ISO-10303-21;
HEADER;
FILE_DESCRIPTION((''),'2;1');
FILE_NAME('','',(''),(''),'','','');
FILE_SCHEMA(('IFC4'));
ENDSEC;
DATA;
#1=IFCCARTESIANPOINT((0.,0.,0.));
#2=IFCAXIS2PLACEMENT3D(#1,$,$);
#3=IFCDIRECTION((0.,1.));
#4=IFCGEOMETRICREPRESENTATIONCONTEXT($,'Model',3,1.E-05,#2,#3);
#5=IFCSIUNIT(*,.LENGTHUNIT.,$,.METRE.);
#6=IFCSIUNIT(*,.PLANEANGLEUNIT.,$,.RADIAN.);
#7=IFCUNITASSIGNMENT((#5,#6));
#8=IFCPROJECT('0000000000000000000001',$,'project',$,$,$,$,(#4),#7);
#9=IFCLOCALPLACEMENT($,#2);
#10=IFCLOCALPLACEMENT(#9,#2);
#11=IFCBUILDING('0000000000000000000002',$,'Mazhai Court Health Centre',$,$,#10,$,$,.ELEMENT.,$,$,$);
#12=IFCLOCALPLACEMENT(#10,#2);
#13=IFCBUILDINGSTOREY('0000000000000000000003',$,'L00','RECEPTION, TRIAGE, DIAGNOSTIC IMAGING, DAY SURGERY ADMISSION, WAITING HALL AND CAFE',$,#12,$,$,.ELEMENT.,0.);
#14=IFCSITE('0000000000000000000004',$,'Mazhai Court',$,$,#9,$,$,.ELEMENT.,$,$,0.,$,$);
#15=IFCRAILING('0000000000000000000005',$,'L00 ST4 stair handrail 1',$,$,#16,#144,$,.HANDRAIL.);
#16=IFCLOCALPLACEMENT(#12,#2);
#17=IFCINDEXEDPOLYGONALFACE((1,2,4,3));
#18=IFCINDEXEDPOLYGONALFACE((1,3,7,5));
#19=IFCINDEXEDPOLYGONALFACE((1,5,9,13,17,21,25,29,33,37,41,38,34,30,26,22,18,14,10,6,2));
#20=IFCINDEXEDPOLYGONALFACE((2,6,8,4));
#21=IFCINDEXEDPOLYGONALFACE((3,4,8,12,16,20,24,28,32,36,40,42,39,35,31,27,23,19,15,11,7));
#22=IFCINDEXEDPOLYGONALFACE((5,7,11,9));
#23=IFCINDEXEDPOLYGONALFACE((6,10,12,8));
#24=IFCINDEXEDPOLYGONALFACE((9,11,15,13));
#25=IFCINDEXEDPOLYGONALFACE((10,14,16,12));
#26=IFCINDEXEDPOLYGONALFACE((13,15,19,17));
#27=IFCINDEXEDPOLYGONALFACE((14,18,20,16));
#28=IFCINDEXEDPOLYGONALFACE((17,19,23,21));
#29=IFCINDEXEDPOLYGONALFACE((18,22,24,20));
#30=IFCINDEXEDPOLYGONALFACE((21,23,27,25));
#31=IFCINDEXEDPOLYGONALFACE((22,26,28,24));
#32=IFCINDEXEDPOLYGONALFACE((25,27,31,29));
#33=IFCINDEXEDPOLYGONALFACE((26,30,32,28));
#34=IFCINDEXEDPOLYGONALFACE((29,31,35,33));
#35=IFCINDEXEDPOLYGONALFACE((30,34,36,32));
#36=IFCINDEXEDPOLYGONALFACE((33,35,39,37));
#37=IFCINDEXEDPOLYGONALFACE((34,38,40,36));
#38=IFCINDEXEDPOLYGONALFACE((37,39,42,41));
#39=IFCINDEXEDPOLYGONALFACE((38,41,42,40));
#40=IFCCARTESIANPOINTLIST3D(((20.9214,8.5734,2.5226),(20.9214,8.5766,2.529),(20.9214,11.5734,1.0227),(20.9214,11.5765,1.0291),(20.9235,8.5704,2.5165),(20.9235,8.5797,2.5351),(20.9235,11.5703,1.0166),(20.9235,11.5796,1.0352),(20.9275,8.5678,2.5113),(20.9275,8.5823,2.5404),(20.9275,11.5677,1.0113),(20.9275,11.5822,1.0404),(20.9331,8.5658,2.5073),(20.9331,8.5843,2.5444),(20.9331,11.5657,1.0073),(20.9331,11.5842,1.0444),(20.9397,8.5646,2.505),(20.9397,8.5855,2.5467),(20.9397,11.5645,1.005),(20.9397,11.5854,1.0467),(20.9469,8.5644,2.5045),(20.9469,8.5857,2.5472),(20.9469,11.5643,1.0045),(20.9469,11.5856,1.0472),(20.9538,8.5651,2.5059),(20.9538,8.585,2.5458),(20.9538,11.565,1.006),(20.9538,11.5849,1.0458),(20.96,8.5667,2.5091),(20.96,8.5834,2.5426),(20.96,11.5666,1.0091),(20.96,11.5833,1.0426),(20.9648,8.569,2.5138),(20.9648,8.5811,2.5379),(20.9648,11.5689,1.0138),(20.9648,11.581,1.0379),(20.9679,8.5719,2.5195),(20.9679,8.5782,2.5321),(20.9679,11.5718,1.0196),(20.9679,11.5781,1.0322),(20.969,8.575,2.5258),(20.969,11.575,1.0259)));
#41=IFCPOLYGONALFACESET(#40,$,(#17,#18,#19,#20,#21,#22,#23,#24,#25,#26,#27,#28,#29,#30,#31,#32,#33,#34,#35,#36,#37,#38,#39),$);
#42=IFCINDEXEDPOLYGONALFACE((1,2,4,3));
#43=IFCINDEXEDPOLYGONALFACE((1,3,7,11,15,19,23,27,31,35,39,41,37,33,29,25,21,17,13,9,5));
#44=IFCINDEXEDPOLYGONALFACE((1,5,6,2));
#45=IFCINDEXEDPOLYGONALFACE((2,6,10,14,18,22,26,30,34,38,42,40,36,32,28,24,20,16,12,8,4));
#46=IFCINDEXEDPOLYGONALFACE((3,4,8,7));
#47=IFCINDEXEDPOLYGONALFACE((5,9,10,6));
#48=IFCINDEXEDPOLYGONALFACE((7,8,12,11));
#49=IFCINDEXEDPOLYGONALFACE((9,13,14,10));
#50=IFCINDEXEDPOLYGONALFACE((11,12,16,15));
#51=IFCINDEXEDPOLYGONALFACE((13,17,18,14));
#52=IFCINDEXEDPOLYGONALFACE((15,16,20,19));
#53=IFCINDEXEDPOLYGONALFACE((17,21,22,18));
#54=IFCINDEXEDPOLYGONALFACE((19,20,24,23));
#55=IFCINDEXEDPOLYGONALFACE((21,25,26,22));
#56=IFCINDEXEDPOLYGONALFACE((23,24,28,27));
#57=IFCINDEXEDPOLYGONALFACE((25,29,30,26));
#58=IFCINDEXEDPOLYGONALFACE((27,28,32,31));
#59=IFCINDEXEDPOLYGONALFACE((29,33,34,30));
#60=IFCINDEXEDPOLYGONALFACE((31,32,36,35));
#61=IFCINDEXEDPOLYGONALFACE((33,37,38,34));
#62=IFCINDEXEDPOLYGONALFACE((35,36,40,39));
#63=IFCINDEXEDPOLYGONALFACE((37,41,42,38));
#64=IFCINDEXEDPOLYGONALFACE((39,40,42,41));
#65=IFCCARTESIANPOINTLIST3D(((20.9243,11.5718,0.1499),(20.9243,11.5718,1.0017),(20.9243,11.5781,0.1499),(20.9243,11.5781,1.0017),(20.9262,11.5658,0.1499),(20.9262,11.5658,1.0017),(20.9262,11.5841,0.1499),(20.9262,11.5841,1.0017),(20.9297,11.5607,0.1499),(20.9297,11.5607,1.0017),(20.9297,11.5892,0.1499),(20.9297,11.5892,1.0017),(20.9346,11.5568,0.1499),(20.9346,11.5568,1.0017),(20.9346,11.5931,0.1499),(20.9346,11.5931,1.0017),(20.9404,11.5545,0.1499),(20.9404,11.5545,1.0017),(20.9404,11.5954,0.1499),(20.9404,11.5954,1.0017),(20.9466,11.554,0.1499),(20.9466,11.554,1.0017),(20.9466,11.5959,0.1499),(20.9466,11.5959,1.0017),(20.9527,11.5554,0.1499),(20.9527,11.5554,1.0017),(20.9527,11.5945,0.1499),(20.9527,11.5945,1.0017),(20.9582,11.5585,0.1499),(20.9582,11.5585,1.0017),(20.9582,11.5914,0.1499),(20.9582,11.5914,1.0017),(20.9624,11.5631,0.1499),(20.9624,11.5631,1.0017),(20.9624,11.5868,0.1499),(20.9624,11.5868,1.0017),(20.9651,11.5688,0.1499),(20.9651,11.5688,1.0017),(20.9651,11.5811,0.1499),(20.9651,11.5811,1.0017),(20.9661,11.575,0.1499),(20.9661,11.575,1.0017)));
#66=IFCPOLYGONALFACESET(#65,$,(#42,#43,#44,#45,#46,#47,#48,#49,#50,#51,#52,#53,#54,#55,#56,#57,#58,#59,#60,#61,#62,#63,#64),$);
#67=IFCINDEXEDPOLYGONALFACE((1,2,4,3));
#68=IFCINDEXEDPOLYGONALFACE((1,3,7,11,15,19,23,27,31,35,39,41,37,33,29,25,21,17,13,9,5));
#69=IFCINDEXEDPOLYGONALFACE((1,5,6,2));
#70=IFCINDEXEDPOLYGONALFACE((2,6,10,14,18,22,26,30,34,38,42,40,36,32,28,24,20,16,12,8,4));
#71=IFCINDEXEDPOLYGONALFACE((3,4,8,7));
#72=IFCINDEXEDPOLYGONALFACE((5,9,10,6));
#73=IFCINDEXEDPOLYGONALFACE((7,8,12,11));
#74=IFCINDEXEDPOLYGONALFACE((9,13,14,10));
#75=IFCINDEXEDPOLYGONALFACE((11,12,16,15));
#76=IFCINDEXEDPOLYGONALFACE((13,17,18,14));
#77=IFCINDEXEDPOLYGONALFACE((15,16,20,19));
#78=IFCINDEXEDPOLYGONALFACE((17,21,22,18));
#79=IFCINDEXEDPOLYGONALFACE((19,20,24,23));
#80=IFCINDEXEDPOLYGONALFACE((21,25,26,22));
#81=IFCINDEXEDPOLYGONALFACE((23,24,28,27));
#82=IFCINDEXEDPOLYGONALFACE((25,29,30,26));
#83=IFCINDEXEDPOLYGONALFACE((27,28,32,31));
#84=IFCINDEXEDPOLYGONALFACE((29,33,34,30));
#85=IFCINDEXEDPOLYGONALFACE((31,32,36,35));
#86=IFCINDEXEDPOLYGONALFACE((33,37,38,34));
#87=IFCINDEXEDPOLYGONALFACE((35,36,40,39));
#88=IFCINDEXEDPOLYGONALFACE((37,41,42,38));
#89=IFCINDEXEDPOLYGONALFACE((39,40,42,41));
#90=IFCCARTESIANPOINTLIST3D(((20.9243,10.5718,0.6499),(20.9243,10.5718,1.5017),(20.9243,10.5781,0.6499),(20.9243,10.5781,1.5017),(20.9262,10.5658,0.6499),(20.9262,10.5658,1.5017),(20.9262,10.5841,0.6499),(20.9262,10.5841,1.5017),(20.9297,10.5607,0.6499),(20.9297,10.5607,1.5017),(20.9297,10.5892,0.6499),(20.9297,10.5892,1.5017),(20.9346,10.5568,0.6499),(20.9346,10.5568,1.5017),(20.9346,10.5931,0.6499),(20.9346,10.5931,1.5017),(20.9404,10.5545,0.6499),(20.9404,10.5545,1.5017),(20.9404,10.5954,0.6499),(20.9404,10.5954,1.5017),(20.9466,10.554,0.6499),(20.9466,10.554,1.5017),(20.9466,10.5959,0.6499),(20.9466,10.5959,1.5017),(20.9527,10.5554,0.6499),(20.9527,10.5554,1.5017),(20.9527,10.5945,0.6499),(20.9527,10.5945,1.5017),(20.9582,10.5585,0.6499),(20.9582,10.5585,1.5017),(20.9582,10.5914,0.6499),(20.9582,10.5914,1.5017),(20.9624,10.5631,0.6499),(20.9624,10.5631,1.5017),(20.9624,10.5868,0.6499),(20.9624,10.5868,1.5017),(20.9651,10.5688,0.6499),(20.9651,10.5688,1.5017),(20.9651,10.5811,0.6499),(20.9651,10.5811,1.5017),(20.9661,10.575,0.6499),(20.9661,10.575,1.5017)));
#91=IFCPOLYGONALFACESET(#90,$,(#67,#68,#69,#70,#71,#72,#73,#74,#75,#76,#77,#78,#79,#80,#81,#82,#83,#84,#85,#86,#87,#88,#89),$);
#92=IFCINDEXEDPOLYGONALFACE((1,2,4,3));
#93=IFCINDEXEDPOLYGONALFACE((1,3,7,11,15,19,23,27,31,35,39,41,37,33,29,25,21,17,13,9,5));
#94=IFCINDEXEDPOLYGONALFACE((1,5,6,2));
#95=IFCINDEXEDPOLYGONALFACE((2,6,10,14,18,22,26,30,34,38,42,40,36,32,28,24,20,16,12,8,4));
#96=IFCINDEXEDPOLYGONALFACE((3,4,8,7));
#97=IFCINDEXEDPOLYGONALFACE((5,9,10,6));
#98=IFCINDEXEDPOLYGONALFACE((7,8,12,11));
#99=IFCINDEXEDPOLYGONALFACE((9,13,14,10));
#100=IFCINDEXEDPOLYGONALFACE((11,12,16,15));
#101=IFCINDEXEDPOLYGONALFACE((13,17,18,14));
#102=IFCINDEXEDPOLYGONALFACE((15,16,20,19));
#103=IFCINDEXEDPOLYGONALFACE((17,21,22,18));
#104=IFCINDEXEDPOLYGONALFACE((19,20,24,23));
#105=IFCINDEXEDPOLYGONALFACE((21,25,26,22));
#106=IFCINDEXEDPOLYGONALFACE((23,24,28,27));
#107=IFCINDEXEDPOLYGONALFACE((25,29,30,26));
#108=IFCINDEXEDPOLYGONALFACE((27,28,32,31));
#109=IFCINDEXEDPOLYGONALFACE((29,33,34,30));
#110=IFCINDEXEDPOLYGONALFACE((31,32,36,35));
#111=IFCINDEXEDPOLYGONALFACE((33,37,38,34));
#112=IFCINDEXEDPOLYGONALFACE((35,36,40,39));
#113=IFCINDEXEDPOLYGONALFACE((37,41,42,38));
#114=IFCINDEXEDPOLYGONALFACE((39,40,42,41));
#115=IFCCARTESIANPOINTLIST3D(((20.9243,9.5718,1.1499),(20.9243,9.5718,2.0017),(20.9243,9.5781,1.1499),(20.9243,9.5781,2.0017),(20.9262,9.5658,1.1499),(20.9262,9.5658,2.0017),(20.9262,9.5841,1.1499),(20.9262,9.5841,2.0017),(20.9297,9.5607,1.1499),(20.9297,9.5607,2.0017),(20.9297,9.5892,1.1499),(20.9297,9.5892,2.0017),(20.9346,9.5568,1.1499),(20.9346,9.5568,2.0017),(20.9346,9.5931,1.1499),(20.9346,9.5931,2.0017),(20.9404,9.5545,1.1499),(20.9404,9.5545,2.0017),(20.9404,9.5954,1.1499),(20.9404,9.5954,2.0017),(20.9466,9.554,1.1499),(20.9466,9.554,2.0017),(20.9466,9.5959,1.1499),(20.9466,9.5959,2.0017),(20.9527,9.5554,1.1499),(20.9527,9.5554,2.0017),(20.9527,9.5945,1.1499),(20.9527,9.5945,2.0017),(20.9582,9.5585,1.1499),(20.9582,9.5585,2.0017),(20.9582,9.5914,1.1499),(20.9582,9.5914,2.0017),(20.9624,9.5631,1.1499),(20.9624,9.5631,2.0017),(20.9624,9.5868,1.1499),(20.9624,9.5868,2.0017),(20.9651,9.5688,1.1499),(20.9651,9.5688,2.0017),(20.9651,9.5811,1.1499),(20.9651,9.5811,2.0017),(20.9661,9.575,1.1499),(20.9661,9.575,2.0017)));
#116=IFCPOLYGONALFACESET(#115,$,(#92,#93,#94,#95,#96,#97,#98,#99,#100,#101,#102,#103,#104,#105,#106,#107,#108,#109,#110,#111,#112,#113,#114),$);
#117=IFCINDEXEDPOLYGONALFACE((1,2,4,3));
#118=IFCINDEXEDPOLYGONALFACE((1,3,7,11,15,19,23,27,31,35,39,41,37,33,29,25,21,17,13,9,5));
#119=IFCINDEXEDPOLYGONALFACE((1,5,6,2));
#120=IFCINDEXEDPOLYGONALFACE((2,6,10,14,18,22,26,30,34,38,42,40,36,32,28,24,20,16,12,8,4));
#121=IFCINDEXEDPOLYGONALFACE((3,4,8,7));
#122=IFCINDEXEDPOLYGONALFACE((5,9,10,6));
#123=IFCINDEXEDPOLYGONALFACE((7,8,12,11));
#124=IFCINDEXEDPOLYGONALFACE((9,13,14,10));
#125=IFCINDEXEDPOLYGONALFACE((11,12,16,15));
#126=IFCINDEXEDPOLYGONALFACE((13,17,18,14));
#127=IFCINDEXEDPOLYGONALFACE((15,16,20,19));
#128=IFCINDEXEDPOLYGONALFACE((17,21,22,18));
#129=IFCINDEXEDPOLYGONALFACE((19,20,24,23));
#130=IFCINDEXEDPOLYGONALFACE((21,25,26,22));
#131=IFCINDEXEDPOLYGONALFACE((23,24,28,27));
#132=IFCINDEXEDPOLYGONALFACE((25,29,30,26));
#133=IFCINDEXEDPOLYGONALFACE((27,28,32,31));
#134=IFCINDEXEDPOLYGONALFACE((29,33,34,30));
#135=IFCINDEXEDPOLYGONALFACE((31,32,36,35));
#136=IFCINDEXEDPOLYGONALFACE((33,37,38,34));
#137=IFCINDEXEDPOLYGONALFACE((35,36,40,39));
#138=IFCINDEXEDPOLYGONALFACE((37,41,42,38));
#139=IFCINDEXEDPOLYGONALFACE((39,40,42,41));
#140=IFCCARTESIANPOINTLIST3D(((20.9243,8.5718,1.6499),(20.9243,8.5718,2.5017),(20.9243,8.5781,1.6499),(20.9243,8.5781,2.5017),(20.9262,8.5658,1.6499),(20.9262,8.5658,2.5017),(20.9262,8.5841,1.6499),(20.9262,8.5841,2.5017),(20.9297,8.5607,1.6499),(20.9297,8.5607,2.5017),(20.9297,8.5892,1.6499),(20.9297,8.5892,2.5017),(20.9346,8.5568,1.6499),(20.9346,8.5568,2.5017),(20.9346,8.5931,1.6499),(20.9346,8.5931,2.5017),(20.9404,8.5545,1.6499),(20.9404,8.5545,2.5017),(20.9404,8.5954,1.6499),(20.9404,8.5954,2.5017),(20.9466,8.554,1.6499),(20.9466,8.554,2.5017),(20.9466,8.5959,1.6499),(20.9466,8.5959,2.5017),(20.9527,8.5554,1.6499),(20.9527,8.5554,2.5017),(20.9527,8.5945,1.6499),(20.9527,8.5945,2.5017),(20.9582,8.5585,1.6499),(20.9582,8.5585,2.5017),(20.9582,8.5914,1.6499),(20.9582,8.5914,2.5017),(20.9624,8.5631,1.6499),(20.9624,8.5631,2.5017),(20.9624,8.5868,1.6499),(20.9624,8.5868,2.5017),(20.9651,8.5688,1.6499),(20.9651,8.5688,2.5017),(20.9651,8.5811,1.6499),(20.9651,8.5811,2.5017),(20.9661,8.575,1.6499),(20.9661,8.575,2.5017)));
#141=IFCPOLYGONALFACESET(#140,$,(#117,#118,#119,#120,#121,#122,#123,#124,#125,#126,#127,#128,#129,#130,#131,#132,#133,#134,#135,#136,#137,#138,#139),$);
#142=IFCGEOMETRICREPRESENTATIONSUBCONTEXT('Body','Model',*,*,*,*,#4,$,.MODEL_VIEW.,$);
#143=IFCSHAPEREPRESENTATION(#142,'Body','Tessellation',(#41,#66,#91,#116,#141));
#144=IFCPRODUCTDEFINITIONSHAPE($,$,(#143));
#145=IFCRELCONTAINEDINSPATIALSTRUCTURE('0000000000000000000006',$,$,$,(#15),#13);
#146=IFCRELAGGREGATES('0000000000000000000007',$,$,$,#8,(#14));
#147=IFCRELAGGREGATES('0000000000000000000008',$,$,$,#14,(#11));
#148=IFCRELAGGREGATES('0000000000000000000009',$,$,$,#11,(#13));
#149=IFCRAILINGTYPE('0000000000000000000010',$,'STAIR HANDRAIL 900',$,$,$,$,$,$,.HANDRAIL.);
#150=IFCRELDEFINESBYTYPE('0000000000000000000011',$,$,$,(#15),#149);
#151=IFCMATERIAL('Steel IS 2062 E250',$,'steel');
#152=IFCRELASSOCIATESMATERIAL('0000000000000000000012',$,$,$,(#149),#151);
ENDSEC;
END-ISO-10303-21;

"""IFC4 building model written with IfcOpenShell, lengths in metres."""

from ifc_helpers import new_model, si_unit, direction, frame, origin, origin_2d, place, context, subcontext, project, spatial, circle, extrude, material, type_object, element, save


model = new_model("IFC4")

# Units and contexts
model_context = context("Model", 3, precision=1e-05, world=origin(), true_north=direction((0.0, 1.0)))
body_context = subcontext(model_context, "Body", "Model", "MODEL_VIEW")
ifc_project = project(units=[si_unit("LENGTHUNIT", "METRE"), si_unit("PLANEANGLEUNIT", "RADIAN")], contexts=[model_context])

# Site, building, storey
site_placement = place(None, origin())
site = spatial("IfcSite", under=ifc_project, at=site_placement, Name="Mazhai Court", CompositionType="ELEMENT", RefElevation=0.0)
building_placement = place(site_placement, origin())
building = spatial("IfcBuilding", under=site, at=building_placement, Name="Mazhai Court Health Centre", CompositionType="ELEMENT")
storey_placement = place(building_placement, origin())
storey = spatial("IfcBuildingStorey", under=building, at=storey_placement, Name="L00", Description="RECEPTION, TRIAGE, DIAGNOSTIC IMAGING, DAY SURGERY ADMISSION, WAITING HALL AND CAFE", CompositionType="ELEMENT", Elevation=0.0)

# Railing
ifc_material_1 = material(Name="Steel IS 2062 E250", Category="steel")
railing_type_1 = type_object("IfcRailingType", Name="STAIR HANDRAIL 900", PredefinedType="HANDRAIL", material=ifc_material_1)
railing_1_placement = place(storey_placement, frame((20.9451, 11.575, 0.1499)))
element("IfcRailing", 1, at=railing_1_placement, inside=storey, type_object=railing_type_1, Name="L00 ST4 stair handrail 1", PredefinedType="HANDRAIL", context=body_context, shape_type="SweptSolid", body=[
    extrude(circle(Radius=0.0239, at=origin_2d()), frame((0.0, 0.0, 0.876), z_axis=(0.0, -0.894427, 0.447214), x_axis=(1.0, 0.0, 0.0)), (0.0, 0.0, 1.0), 3.354),
    extrude(circle(Radius=0.021, at=origin_2d()), origin(), (0.0, 0.0, 1.0), 0.8518),
    extrude(circle(Radius=0.021, at=origin_2d()), frame((0.0, -1.0, 0.5)), (0.0, 0.0, 1.0), 0.8518),
    extrude(circle(Radius=0.021, at=origin_2d()), frame((0.0, -2.0, 1.0)), (0.0, 0.0, 1.0), 0.8518),
    extrude(circle(Radius=0.021, at=origin_2d()), frame((0.0, -3.0, 1.5)), (0.0, 0.0, 1.0), 0.8518),
])

save(model, "model.ifc")
